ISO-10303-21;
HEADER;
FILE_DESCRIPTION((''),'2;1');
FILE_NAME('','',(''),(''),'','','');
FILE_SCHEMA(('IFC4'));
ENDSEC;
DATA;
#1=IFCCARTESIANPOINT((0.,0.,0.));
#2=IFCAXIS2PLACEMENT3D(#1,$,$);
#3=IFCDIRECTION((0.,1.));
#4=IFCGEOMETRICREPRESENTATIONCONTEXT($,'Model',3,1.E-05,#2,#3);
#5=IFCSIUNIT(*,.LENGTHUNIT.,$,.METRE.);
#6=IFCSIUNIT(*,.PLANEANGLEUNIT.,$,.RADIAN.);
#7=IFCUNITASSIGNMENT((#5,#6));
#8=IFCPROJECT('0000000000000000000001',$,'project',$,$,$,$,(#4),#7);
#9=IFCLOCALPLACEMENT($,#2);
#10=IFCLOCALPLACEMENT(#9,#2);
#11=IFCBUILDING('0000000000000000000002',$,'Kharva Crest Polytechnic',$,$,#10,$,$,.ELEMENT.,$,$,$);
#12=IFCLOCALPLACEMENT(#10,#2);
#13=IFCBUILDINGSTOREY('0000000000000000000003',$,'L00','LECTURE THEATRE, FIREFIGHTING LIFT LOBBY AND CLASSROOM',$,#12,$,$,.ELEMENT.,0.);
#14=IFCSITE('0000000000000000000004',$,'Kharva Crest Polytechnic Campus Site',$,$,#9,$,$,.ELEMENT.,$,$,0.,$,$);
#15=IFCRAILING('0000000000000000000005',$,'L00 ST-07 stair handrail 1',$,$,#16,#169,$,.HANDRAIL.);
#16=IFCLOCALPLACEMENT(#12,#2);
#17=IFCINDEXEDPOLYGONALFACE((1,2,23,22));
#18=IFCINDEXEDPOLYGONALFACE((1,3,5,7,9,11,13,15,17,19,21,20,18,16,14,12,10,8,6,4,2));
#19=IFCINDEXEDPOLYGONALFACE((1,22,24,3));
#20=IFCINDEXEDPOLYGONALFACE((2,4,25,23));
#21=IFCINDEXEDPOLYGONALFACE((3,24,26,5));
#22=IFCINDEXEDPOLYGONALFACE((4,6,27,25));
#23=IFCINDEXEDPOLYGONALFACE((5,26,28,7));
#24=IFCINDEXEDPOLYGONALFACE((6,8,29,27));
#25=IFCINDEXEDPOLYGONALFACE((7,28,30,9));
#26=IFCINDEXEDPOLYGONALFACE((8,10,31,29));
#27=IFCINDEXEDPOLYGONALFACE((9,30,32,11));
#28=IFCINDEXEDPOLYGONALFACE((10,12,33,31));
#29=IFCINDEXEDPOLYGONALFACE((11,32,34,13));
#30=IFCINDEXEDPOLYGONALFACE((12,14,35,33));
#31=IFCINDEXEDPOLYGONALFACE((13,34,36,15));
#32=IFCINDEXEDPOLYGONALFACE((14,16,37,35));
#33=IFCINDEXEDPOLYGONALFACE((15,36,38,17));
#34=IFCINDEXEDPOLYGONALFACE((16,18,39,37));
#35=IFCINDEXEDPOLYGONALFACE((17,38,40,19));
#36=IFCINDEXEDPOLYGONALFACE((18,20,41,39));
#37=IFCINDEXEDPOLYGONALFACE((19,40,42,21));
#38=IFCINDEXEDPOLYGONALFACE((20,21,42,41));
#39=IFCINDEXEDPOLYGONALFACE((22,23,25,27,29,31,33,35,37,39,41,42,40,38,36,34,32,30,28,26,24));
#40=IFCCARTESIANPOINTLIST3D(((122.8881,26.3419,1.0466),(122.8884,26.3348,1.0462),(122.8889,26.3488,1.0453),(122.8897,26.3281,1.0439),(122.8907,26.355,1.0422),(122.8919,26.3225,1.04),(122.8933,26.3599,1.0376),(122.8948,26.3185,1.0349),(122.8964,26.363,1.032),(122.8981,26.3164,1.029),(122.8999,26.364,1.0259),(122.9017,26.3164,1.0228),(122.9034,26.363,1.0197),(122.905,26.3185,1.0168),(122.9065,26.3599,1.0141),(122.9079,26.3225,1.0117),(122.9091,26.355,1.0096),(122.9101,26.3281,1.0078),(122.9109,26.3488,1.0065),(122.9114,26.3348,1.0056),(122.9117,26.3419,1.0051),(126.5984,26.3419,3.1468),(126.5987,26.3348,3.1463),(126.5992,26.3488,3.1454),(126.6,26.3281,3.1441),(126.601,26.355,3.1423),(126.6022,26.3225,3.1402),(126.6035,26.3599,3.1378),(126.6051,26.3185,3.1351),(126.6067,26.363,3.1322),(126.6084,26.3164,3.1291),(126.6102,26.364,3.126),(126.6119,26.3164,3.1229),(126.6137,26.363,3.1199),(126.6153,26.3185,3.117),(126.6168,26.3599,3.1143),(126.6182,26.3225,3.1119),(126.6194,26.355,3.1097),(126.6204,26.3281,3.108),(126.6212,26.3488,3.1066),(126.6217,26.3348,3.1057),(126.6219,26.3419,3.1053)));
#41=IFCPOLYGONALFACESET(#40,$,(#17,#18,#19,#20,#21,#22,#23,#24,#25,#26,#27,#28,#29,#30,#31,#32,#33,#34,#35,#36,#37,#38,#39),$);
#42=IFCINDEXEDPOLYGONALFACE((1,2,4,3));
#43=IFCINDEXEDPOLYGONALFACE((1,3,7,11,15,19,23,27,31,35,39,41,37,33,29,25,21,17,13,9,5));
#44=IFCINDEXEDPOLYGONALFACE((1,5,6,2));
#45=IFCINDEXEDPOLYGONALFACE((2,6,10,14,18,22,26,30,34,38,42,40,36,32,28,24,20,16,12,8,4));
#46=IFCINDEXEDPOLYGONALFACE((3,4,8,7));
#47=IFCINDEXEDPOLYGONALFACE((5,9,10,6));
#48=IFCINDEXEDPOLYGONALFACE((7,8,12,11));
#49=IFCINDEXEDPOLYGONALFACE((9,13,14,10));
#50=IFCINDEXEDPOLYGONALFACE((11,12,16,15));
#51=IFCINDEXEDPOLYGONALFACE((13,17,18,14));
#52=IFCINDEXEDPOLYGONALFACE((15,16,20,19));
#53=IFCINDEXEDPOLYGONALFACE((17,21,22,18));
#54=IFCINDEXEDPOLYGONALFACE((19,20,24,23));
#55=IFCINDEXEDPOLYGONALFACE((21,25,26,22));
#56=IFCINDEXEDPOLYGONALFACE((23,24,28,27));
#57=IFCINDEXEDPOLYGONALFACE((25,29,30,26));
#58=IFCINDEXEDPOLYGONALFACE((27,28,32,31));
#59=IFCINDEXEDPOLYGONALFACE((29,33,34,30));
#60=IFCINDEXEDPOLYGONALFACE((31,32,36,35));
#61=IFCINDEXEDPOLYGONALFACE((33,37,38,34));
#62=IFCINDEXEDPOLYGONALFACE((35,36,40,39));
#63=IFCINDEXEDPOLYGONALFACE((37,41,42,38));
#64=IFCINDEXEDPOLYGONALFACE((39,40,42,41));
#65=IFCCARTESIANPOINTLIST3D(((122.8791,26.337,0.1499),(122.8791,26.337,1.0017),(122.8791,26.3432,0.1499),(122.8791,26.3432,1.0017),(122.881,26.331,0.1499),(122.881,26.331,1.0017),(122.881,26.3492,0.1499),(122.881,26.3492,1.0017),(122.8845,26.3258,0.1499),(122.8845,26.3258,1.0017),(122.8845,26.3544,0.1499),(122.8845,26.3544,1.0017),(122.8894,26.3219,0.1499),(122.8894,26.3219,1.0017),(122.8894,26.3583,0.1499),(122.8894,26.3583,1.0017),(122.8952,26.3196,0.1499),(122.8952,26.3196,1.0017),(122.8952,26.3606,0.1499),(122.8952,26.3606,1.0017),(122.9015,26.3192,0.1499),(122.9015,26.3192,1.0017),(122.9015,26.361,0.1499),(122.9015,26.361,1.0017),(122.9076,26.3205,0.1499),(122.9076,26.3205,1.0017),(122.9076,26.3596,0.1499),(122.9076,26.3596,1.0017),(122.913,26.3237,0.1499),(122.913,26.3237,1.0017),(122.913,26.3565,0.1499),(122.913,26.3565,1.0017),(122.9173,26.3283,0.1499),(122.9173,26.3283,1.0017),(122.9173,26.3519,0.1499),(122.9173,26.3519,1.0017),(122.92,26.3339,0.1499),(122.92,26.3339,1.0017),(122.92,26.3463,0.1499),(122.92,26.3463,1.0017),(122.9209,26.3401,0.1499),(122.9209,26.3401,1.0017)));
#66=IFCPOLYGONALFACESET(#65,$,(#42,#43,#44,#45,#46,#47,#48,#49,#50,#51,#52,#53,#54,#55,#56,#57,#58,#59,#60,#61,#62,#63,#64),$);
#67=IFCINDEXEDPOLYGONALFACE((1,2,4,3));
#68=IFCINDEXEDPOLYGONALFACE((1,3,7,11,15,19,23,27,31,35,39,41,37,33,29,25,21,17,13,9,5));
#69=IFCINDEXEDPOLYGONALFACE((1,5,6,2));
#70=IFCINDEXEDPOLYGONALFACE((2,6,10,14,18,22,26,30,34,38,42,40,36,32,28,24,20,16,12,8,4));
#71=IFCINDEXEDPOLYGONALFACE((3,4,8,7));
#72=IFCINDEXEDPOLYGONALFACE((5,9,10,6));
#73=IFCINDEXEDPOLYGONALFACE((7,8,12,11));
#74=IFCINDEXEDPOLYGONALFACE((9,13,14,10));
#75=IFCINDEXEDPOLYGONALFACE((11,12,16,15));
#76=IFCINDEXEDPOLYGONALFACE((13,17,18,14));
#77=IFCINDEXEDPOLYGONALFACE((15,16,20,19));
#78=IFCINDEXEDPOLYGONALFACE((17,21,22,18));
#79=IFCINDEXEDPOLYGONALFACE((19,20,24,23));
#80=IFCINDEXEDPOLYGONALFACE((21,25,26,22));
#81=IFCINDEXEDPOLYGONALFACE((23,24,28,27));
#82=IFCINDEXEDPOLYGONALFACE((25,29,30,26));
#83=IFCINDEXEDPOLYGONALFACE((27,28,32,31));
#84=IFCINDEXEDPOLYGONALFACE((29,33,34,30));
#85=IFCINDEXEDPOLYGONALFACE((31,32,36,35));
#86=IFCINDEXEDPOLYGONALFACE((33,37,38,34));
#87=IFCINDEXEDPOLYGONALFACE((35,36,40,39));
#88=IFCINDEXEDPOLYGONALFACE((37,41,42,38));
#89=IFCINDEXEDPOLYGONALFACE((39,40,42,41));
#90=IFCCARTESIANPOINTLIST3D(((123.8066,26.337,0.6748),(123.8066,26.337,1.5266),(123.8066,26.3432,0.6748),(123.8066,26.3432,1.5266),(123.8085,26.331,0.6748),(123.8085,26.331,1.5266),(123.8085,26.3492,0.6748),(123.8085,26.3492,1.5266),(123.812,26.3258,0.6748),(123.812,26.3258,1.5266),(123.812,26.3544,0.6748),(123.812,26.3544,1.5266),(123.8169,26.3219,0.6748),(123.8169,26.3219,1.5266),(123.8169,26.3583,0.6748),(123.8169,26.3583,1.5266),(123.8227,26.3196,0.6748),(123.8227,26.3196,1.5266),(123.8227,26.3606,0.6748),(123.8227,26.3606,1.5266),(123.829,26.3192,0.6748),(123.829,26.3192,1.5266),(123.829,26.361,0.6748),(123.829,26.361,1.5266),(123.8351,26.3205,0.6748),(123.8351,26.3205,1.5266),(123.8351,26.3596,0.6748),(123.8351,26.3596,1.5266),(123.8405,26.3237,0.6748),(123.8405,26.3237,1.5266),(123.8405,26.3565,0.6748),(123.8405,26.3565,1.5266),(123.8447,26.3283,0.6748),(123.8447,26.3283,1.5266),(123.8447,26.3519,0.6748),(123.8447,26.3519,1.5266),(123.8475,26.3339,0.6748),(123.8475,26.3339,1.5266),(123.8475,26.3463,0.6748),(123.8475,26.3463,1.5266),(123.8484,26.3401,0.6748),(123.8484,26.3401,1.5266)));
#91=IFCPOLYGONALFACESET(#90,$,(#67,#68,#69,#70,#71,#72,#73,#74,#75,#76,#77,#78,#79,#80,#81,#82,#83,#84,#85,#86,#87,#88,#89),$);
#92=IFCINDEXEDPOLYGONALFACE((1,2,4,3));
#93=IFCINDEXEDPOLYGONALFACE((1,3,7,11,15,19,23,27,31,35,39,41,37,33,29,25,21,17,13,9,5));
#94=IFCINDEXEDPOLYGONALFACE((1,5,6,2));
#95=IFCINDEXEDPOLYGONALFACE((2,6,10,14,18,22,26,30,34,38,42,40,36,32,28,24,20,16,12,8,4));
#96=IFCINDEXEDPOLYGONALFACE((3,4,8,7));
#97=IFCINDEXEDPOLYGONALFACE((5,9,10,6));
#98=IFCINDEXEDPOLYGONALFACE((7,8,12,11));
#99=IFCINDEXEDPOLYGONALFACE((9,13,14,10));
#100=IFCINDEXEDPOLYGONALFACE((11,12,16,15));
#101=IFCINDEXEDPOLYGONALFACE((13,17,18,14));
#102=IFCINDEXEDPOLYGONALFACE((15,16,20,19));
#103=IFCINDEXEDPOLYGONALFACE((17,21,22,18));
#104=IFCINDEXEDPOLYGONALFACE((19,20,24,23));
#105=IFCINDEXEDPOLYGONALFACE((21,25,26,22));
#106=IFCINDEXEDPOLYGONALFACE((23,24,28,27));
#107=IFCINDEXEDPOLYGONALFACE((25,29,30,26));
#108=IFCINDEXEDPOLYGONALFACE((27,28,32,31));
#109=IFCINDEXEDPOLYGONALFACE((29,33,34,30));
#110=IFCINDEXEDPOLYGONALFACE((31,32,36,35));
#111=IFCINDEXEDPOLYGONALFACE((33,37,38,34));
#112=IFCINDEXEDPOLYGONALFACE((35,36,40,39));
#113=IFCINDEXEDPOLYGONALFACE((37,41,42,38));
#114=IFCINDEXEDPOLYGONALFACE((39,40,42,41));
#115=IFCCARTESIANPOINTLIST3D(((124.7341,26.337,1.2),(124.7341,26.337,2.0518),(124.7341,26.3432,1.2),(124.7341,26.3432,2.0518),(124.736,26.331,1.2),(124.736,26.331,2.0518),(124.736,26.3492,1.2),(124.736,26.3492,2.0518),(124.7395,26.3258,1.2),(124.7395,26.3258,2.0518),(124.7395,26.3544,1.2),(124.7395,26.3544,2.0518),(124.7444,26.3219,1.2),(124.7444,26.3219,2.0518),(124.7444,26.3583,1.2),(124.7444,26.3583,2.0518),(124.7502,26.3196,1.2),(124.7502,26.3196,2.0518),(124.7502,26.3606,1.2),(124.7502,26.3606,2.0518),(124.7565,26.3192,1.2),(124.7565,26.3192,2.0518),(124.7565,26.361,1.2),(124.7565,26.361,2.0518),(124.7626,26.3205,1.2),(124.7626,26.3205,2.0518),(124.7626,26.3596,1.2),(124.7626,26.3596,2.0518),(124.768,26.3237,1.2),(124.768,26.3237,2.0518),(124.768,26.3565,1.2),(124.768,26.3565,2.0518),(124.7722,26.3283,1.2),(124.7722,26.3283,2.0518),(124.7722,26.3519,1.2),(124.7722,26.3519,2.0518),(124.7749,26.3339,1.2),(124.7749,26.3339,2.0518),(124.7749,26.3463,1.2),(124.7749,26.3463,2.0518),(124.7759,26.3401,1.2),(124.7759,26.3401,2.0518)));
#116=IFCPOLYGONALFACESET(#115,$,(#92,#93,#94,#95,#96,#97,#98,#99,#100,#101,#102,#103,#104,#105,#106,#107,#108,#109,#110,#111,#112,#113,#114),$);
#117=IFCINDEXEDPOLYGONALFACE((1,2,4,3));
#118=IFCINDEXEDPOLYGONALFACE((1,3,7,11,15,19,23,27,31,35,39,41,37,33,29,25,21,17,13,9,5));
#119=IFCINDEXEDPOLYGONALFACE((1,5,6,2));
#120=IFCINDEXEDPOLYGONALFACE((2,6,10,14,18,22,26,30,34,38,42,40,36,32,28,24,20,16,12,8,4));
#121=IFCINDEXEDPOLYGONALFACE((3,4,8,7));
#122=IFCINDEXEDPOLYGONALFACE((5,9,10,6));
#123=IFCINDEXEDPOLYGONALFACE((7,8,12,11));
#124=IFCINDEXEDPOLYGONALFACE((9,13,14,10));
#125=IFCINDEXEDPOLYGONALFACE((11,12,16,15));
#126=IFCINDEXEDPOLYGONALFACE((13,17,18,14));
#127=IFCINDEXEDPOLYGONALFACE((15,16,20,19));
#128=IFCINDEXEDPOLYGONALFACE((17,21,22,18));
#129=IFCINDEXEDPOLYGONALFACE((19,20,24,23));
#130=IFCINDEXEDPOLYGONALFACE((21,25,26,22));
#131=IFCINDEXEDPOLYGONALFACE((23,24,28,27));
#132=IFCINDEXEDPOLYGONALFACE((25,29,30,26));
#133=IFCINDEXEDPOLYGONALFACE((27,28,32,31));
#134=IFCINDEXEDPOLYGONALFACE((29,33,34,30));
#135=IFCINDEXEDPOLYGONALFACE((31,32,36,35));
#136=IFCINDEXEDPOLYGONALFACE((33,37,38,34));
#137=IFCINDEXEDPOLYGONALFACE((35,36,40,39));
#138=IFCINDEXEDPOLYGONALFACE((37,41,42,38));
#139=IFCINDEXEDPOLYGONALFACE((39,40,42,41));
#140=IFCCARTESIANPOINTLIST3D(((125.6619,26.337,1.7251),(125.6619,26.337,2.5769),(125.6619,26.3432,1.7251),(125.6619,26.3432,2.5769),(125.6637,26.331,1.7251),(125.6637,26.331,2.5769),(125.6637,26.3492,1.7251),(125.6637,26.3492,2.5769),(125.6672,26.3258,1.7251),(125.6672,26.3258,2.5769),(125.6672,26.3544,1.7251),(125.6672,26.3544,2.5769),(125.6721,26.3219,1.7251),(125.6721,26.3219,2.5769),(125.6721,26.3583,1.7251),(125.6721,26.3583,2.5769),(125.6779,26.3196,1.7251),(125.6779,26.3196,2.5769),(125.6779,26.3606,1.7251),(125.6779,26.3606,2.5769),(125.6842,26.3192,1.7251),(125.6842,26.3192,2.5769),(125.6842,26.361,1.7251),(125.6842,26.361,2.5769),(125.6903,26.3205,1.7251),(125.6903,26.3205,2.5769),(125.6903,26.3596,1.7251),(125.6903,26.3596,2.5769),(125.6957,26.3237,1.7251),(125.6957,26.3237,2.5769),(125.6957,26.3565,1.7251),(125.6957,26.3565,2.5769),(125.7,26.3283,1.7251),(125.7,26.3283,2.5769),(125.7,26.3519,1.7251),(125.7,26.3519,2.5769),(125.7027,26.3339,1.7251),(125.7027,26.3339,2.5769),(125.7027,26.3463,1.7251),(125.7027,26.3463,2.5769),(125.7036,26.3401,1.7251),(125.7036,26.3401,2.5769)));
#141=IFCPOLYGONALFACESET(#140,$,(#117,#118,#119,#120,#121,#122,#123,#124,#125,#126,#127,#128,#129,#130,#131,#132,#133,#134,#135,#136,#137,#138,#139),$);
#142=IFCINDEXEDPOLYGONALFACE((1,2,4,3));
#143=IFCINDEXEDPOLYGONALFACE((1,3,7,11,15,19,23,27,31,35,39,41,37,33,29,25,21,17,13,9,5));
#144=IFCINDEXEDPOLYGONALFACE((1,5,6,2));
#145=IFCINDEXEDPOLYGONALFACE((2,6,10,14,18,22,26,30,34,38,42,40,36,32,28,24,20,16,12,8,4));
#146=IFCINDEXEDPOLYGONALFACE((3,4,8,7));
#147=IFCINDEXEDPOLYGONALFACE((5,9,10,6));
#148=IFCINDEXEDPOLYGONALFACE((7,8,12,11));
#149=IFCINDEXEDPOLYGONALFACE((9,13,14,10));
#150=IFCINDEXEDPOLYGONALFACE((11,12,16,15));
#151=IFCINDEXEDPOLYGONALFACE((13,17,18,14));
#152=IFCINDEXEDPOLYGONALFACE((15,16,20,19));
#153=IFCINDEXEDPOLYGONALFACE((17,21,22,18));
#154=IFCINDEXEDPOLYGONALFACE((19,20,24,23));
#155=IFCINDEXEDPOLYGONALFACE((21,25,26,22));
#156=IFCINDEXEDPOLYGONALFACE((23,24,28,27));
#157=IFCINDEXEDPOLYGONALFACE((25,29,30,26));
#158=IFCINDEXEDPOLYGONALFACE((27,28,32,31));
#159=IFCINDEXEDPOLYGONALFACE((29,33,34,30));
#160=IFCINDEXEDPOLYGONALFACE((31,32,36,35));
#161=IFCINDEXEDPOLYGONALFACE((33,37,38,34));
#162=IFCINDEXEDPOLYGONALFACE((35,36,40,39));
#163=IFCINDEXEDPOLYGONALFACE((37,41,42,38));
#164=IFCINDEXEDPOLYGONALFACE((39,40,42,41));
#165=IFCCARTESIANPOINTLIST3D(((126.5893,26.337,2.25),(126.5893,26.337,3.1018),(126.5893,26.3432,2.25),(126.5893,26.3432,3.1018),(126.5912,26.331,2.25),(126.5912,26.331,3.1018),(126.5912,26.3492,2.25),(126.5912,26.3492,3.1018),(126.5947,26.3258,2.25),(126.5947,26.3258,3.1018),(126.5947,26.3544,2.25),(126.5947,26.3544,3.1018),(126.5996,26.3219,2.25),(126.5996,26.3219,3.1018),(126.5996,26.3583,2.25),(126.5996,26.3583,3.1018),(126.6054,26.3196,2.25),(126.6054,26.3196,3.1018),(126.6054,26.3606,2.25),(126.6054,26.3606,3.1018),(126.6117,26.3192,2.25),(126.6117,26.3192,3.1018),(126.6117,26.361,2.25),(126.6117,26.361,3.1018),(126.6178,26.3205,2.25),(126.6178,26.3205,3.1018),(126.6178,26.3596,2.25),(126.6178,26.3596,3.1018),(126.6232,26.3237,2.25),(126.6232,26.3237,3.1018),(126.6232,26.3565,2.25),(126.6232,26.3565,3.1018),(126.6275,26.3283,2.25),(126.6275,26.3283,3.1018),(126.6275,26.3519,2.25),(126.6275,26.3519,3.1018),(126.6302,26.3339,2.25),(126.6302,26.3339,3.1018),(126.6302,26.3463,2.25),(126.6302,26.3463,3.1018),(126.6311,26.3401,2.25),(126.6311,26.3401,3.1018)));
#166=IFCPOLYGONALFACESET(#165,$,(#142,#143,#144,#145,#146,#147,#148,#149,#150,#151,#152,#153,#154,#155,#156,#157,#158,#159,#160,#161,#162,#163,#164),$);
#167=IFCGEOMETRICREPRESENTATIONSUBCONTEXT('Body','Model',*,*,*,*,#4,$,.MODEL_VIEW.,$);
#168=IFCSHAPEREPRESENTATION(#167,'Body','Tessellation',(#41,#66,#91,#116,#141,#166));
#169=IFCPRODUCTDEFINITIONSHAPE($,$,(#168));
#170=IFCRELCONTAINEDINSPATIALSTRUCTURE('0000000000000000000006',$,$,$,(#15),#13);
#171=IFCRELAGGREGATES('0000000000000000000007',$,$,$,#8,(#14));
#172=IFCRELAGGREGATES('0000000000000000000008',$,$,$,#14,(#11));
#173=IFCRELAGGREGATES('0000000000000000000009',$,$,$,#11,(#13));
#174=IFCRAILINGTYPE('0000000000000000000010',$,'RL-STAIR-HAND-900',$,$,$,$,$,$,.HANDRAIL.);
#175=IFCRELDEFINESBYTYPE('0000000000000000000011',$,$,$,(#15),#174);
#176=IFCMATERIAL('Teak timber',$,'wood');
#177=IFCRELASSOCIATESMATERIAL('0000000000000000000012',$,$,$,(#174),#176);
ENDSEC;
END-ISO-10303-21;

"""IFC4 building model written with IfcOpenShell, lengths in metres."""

from ifc_helpers import new_model, si_unit, direction, frame, origin, origin_2d, place, context, subcontext, project, spatial, circle, extrude, material, type_object, element, save


model = new_model("IFC4")

# Units and contexts
model_context = context("Model", 3, precision=1e-05, world=origin(), true_north=direction((0.0, 1.0)))
body_context = subcontext(model_context, "Body", "Model", "MODEL_VIEW")
ifc_project = project(units=[si_unit("LENGTHUNIT", "METRE"), si_unit("PLANEANGLEUNIT", "RADIAN")], contexts=[model_context])

# Site, building, storey
site_placement = place(None, origin())
site = spatial("IfcSite", under=ifc_project, at=site_placement, Name="Kharva Crest Polytechnic Campus Site", CompositionType="ELEMENT", RefElevation=0.0)
building_placement = place(site_placement, origin())
building = spatial("IfcBuilding", under=site, at=building_placement, Name="Kharva Crest Polytechnic", CompositionType="ELEMENT")
storey_placement = place(building_placement, origin())
storey = spatial("IfcBuildingStorey", under=building, at=storey_placement, Name="L00", Description="LECTURE THEATRE, FIREFIGHTING LIFT LOBBY AND CLASSROOM", CompositionType="ELEMENT", Elevation=0.0)

# Shared definitions
ifc_material_1 = material(Name="Teak timber", Category="wood")

# Railing
railing_type_1 = type_object("IfcRailingType", Name="RL-STAIR-HAND-900", PredefinedType="HANDRAIL", material=ifc_material_1)
railing_1_placement = place(storey_placement, frame((122.8999, 26.3401, 0.1499)))
element("IfcRailing", 1, at=railing_1_placement, inside=storey, type_object=railing_type_1, Name="L00 ST-07 stair handrail 1", PredefinedType="HANDRAIL", context=body_context, shape_type="SweptSolid", body=[
    extrude(circle(Radius=0.0239, at=origin_2d()), frame((0.0, 0.0, 0.876), z_axis=(0.870259, 0.0, 0.492595), x_axis=(0.0, 1.0, 0.0)), (0.0, 0.0, 1.0), 4.2634),
    extrude(circle(Radius=0.021, at=origin_2d()), origin(), (0.0, 0.0, 1.0), 0.8518),
    extrude(circle(Radius=0.021, at=origin_2d()), frame((0.9275, 0.0, 0.5249)), (0.0, 0.0, 1.0), 0.8518),
    extrude(circle(Radius=0.021, at=origin_2d()), frame((1.855, 0.0, 1.05)), (0.0, 0.0, 1.0), 0.8518),
    extrude(circle(Radius=0.021, at=origin_2d()), frame((2.7827, 0.0, 1.5752)), (0.0, 0.0, 1.0), 0.8518),
    extrude(circle(Radius=0.021, at=origin_2d()), frame((3.7102, 0.0, 2.1001)), (0.0, 0.0, 1.0), 0.8518),
])

save(model, "model.ifc")
